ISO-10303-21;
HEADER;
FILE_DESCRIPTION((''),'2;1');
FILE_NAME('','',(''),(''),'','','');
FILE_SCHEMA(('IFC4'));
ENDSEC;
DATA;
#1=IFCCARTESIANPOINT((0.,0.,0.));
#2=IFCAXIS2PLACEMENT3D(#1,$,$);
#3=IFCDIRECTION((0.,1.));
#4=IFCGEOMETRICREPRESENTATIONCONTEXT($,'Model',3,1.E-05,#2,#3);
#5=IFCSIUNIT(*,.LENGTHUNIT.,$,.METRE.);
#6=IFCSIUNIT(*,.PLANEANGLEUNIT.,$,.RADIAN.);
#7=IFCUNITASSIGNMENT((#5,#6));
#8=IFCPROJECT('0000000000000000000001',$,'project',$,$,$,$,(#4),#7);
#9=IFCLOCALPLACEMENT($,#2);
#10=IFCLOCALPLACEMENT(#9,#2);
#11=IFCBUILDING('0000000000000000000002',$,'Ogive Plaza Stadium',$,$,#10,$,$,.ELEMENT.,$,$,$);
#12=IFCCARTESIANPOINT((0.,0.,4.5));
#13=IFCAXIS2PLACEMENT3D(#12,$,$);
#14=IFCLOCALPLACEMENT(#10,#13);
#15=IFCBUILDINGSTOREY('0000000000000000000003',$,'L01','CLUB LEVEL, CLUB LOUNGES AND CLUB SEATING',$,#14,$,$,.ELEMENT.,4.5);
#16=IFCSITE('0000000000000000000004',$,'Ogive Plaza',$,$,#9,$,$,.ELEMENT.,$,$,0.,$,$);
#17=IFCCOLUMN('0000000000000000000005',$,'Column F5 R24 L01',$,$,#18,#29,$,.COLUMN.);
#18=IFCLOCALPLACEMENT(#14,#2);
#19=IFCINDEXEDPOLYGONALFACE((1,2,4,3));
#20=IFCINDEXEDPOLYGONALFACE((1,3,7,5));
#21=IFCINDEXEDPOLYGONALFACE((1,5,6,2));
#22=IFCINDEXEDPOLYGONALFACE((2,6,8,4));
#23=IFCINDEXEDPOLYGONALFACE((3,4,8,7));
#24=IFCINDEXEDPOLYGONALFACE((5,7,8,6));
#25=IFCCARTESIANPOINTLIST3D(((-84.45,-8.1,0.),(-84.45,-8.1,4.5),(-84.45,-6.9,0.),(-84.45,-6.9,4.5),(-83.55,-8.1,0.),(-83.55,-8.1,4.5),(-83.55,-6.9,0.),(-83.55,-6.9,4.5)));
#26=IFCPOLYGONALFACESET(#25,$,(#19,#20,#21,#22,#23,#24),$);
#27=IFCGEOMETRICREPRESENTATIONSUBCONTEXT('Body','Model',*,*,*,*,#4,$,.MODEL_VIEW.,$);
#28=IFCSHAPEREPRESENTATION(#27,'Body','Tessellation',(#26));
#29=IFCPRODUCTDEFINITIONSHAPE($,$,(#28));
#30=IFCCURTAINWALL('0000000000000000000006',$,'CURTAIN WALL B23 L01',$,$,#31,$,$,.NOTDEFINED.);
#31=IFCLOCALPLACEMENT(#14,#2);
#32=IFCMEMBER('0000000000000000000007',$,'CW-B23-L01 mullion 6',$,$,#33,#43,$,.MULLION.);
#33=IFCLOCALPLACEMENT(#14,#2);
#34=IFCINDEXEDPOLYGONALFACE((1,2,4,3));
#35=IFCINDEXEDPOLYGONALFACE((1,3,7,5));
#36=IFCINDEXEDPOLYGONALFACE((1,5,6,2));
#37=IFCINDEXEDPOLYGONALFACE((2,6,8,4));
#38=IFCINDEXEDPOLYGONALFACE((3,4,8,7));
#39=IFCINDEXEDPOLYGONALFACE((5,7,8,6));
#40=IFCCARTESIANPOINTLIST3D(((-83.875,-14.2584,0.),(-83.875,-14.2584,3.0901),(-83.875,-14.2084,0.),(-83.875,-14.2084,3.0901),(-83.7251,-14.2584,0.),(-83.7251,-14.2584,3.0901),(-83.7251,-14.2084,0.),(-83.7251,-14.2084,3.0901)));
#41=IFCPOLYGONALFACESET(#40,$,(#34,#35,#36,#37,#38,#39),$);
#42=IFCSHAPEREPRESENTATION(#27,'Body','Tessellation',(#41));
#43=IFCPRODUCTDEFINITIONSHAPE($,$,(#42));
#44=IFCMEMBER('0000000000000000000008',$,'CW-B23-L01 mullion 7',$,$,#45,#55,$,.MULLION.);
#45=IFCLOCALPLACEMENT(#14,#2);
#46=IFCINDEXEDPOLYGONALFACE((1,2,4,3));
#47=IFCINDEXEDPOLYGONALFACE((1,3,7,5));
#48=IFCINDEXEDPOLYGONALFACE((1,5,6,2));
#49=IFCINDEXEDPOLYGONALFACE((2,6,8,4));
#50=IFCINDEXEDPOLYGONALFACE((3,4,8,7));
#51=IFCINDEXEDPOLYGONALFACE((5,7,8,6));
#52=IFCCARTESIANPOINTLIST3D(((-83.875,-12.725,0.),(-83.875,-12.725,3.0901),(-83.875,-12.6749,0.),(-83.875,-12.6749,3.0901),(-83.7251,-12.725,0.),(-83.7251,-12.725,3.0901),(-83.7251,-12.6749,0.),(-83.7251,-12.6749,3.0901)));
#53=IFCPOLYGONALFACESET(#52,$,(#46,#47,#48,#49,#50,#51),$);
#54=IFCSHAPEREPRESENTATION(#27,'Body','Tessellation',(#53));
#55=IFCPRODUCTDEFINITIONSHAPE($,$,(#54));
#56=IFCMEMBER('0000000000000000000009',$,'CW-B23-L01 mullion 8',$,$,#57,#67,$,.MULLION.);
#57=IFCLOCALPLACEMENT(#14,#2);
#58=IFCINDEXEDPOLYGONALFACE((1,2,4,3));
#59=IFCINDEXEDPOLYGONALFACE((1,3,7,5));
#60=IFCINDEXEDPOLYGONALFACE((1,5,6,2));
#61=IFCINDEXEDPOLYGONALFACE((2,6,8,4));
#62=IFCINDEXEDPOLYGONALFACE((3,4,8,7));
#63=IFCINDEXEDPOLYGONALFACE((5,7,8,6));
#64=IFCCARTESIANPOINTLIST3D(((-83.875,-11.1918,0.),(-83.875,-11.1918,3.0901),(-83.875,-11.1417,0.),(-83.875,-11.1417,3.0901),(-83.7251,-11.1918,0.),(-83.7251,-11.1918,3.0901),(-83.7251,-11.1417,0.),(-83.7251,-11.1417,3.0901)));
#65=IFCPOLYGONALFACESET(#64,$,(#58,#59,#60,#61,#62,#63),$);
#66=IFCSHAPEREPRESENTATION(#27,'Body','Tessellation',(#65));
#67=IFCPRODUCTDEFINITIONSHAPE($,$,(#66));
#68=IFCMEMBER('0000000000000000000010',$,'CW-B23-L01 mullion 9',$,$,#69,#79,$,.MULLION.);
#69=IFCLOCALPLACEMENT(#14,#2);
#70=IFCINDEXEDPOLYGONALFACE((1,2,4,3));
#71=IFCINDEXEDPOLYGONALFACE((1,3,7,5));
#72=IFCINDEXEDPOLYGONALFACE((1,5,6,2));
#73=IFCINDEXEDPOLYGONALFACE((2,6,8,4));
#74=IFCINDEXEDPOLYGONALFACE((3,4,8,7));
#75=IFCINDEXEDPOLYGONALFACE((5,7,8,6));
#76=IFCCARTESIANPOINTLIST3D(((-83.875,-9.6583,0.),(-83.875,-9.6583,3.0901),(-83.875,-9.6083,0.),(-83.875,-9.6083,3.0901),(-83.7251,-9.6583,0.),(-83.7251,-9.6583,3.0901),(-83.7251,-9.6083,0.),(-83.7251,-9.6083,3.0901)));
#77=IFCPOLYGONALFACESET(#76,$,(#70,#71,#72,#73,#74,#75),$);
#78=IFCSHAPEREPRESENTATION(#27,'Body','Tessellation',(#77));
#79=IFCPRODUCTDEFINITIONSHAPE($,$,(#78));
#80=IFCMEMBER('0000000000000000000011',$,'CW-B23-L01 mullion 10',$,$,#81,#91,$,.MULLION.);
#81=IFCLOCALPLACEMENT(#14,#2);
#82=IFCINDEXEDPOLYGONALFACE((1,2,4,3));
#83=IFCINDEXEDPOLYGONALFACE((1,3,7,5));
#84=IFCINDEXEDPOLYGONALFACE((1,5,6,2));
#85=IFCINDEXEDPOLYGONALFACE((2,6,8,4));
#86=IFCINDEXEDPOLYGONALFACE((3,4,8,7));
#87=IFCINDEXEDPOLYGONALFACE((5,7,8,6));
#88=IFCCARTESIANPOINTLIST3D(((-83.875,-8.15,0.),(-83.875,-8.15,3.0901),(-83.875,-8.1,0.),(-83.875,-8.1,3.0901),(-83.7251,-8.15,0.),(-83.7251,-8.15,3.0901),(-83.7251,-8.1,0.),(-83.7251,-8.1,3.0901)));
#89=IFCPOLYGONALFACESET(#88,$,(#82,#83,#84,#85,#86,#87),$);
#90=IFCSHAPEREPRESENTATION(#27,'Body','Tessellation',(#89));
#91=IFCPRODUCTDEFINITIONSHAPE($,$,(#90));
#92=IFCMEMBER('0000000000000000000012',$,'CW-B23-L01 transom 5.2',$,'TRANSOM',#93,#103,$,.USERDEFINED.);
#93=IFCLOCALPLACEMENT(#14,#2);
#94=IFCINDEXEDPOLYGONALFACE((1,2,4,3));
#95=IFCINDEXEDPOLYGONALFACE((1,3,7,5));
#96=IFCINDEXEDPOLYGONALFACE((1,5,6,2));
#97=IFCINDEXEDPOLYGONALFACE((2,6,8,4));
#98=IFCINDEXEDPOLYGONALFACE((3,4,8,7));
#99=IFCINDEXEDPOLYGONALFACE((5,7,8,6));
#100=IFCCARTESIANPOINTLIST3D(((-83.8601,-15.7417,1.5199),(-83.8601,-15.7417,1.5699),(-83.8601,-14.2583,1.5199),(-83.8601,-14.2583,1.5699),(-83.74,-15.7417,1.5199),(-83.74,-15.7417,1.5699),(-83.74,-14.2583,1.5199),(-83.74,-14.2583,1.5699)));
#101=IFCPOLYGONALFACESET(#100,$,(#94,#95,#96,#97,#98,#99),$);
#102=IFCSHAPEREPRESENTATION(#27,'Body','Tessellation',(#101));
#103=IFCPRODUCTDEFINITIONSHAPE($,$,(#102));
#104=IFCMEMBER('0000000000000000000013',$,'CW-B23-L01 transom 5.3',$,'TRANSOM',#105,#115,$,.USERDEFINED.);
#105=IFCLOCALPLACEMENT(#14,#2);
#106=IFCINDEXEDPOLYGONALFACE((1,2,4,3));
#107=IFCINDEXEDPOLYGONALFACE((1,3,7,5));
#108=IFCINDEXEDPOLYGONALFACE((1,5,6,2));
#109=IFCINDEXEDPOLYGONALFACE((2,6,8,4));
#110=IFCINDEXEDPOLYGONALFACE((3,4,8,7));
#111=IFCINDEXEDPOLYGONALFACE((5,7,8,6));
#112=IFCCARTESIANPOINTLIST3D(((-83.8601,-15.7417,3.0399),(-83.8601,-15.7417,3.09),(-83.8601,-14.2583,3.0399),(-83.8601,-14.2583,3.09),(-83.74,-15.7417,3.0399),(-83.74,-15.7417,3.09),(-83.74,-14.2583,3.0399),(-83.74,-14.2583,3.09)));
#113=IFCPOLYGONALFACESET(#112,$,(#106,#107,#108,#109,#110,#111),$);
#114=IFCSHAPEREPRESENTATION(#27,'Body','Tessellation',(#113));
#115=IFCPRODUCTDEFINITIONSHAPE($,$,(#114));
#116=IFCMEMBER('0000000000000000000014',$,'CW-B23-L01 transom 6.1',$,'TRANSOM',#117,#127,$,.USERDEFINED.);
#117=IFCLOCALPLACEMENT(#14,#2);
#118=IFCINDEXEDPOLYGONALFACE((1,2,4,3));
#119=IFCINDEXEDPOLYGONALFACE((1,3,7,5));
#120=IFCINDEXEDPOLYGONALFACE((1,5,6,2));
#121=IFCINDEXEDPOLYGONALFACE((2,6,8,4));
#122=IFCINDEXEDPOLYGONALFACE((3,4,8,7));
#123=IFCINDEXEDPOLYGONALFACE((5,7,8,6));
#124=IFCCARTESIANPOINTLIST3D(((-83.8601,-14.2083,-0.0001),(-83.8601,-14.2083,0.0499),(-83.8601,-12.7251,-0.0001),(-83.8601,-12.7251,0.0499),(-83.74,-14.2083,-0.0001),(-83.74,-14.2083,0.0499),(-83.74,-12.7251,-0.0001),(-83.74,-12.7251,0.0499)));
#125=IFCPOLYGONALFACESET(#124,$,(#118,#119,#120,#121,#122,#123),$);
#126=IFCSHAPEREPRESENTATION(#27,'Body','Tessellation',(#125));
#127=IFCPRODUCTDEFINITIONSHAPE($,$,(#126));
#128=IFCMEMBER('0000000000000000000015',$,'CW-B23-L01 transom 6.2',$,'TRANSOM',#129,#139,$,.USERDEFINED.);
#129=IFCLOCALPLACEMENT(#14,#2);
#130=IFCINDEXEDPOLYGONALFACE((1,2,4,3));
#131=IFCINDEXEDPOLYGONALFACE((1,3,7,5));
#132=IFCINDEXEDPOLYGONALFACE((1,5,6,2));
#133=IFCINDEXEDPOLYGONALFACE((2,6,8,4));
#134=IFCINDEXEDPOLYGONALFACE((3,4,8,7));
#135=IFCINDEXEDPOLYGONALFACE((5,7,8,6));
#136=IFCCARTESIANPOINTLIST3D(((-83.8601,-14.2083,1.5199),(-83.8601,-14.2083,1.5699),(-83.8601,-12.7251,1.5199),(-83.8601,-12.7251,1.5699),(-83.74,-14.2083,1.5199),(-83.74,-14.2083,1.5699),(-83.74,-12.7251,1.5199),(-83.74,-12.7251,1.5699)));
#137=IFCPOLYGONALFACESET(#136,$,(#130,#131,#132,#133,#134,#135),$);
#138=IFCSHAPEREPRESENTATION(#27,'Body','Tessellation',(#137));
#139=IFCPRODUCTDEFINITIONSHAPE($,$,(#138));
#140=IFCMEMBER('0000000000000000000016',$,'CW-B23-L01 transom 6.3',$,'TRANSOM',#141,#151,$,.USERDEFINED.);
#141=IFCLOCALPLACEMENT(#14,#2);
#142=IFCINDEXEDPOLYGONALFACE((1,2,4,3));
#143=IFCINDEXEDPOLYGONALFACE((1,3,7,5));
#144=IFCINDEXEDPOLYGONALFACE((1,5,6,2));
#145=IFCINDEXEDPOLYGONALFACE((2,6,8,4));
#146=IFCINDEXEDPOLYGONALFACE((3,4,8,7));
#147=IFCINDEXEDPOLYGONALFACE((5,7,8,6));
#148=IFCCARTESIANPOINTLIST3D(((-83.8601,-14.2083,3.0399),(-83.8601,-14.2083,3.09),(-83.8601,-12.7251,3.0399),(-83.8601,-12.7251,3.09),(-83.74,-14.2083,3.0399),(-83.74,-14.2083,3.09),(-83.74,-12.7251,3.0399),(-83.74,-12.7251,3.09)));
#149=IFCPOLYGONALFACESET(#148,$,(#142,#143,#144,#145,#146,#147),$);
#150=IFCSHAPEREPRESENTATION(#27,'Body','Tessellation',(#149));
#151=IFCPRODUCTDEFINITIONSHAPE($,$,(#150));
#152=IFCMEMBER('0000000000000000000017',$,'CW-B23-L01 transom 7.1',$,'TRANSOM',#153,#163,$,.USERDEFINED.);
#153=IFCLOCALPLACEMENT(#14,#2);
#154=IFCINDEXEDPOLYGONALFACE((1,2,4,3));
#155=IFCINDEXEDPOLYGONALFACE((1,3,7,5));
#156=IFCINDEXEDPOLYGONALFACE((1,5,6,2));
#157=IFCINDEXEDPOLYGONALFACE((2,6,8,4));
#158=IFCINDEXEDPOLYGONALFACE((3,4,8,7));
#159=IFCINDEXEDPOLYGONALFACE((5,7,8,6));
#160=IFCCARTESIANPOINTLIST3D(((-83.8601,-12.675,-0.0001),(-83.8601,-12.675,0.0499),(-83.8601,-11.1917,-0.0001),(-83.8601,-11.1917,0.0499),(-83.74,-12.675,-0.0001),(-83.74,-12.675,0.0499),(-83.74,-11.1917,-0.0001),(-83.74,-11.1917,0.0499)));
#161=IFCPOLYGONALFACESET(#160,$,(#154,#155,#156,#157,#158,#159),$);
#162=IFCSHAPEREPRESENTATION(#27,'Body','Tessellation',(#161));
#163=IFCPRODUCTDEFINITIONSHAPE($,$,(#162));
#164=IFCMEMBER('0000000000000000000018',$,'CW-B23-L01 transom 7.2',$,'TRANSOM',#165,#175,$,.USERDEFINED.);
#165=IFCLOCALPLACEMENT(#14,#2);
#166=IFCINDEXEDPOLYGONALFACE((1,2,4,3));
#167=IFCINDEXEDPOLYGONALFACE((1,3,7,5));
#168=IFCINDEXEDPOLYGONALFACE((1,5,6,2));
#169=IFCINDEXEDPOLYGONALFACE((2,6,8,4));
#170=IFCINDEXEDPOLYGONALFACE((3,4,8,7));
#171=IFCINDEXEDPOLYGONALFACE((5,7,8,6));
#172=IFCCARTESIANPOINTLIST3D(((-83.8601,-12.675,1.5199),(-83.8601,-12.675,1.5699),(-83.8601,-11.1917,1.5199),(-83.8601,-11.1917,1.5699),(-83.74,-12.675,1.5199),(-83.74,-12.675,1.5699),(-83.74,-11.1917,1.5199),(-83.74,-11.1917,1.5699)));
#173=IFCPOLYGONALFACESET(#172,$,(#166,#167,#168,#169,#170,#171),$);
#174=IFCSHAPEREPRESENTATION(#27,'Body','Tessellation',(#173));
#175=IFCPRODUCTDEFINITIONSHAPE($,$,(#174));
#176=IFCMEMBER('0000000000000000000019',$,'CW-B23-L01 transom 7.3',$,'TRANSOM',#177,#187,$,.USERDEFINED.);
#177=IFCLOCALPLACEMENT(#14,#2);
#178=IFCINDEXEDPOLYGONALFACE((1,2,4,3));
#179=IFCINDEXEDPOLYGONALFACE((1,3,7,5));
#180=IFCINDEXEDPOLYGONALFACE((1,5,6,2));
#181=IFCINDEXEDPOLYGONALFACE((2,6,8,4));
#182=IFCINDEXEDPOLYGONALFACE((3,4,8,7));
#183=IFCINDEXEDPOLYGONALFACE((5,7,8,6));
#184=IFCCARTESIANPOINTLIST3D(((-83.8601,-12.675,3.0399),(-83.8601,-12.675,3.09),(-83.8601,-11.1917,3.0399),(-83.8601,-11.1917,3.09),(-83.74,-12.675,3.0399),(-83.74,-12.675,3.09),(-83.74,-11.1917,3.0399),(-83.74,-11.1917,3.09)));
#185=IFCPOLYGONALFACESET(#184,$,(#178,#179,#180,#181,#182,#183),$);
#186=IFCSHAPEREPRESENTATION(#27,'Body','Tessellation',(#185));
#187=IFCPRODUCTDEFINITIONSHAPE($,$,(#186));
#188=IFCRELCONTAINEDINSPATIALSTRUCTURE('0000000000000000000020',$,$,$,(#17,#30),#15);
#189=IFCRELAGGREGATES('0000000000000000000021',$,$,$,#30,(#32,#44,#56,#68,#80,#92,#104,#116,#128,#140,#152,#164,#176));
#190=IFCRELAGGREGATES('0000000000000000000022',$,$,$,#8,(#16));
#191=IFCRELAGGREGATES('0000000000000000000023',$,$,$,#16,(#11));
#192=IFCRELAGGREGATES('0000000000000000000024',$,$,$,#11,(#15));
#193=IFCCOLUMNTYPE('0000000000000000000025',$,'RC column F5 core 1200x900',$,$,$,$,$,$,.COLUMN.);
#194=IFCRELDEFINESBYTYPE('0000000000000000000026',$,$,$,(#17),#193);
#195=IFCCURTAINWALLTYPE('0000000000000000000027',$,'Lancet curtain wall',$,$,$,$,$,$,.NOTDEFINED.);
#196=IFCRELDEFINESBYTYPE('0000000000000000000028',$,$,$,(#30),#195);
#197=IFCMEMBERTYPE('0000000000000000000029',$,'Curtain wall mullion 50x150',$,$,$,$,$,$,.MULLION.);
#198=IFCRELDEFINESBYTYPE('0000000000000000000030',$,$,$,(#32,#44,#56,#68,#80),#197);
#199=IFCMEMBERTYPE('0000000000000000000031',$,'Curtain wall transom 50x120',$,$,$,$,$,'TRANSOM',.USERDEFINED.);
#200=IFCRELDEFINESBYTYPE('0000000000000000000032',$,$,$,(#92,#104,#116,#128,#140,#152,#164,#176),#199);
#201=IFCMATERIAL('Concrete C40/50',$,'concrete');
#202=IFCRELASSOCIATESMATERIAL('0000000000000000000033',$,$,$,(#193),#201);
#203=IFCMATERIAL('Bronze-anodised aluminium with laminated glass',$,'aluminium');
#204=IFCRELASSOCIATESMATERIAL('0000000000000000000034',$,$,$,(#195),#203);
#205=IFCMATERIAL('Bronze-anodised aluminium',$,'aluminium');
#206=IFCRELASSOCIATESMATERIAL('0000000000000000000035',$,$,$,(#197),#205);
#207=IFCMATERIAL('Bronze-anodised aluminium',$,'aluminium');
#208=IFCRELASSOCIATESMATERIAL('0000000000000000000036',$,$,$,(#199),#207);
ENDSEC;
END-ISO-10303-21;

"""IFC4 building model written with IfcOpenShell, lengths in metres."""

from ifc_helpers import new_model, si_unit, direction, frame, origin, origin_2d, place, context, subcontext, project, spatial, rectangle, extrude, material, material_profile, profile_set, type_object, element, aggregate, save


model = new_model("IFC4")

# Units and contexts
model_context = context("Model", 3, precision=1e-05, world=origin(), true_north=direction((0.0, 1.0)))
body_context = subcontext(model_context, "Body", "Model", "MODEL_VIEW")
ifc_project = project(units=[si_unit("LENGTHUNIT", "METRE"), si_unit("PLANEANGLEUNIT", "RADIAN")], contexts=[model_context])

# Site, building, storey
site_placement = place(None, origin())
site = spatial("IfcSite", under=ifc_project, at=site_placement, Name="Ogive Plaza", CompositionType="ELEMENT", RefElevation=0.0)
building_placement = place(site_placement, origin())
building = spatial("IfcBuilding", under=site, at=building_placement, Name="Ogive Plaza Stadium", CompositionType="ELEMENT")
storey_placement = place(building_placement, frame((0.0, 0.0, 4.5)))
storey = spatial("IfcBuildingStorey", under=building, at=storey_placement, Name="L01", Description="CLUB LEVEL, CLUB LOUNGES AND CLUB SEATING", CompositionType="ELEMENT", Elevation=4.5)

# Column
ifc_material_1 = material(Name="Concrete C40/50", Category="concrete")
ifc_material_profile_1 = material_profile(ifc_material_1, rectangle(XDim=1.2, YDim=0.8999, at=origin_2d()), Name="RC 1200x900")
ifc_profile_set_1 = profile_set([ifc_material_profile_1], Name="Concrete C40/50")
column_type = type_object("IfcColumnType", Name="RC column F5 core 1200x900", PredefinedType="COLUMN", material=ifc_profile_set_1)
column_placement = place(storey_placement, frame((-84.0, -7.5, 0.0), z_axis=(0.0, 0.0, 1.0), x_axis=(0.0, -1.0, 0.0)))
element("IfcColumn", 1, at=column_placement, inside=storey, type_object=column_type, Name="Column F5 R24 L01", PredefinedType="COLUMN", context=body_context, shape_type="SweptSolid", body=[
    extrude(rectangle(XDim=1.2, YDim=0.8999, at=origin_2d()), origin(), (0.0, 0.0, 1.0), 4.5),
])

# Curtain wall, members
ifc_material_2 = material(Name="Bronze-anodised aluminium with laminated glass", Category="aluminium")
curtain_wall_type = type_object("IfcCurtainWallType", Name="Lancet curtain wall", PredefinedType="NOTDEFINED", material=ifc_material_2)
curtain_wall_placement = place(storey_placement, origin())
curtain_wall = element("IfcCurtainWall", 2, at=curtain_wall_placement, inside=storey, type_object=curtain_wall_type, Name="CURTAIN WALL B23 L01", PredefinedType="NOTDEFINED")
ifc_material_3 = material(Name="Bronze-anodised aluminium", Category="aluminium")
ifc_material_profile_2 = material_profile(ifc_material_3, rectangle(XDim=0.1499, YDim=0.05, at=origin_2d()), Name="AL 150x50")
ifc_profile_set_2 = profile_set([ifc_material_profile_2], Name="Bronze-anodised aluminium")
member_type_1 = type_object("IfcMemberType", Name="Curtain wall mullion 50x150", PredefinedType="MULLION", material=ifc_profile_set_2)
member_1_placement = place(storey_placement, frame((-83.8, -14.2334, 0.0), z_axis=(0.0, 0.0, 1.0), x_axis=(-1.0, 0.0, 0.0)))
member_1 = element("IfcMember", 3, at=member_1_placement, type_object=member_type_1, Name="CW-B23-L01 mullion 6", PredefinedType="MULLION", context=body_context, shape_type="SweptSolid", body=[
    extrude(rectangle(XDim=0.1499, YDim=0.05, at=origin_2d()), origin(), (0.0, 0.0, 1.0), 3.0901),
])
member_2_placement = place(storey_placement, frame((-83.8, -12.7, 0.0), z_axis=(0.0, 0.0, 1.0), x_axis=(-1.0, 0.0, 0.0)))
member_2 = element("IfcMember", 4, at=member_2_placement, type_object=member_type_1, Name="CW-B23-L01 mullion 7", PredefinedType="MULLION", context=body_context, shape_type="SweptSolid", body=[
    extrude(rectangle(XDim=0.1499, YDim=0.05, at=origin_2d()), origin(), (0.0, 0.0, 1.0), 3.0901),
])
member_3_placement = place(storey_placement, frame((-83.8, -11.1667, 0.0), z_axis=(0.0, 0.0, 1.0), x_axis=(-1.0, 0.0, 0.0)))
member_3 = element("IfcMember", 5, at=member_3_placement, type_object=member_type_1, Name="CW-B23-L01 mullion 8", PredefinedType="MULLION", context=body_context, shape_type="SweptSolid", body=[
    extrude(rectangle(XDim=0.1499, YDim=0.05, at=origin_2d()), origin(), (0.0, 0.0, 1.0), 3.0901),
])
member_4_placement = place(storey_placement, frame((-83.8, -9.6333, 0.0), z_axis=(0.0, 0.0, 1.0), x_axis=(-1.0, 0.0, 0.0)))
member_4 = element("IfcMember", 6, at=member_4_placement, type_object=member_type_1, Name="CW-B23-L01 mullion 9", PredefinedType="MULLION", context=body_context, shape_type="SweptSolid", body=[
    extrude(rectangle(XDim=0.1499, YDim=0.05, at=origin_2d()), origin(), (0.0, 0.0, 1.0), 3.0901),
])
member_5_placement = place(storey_placement, frame((-83.8, -8.125, 0.0), z_axis=(0.0, 0.0, 1.0), x_axis=(-1.0, 0.0, 0.0)))
member_5 = element("IfcMember", 7, at=member_5_placement, type_object=member_type_1, Name="CW-B23-L01 mullion 10", PredefinedType="MULLION", context=body_context, shape_type="SweptSolid", body=[
    extrude(rectangle(XDim=0.1499, YDim=0.05, at=origin_2d()), origin(), (0.0, 0.0, 1.0), 3.0901),
])
ifc_material_4 = material(Name="Bronze-anodised aluminium", Category="aluminium")
ifc_material_profile_3 = material_profile(ifc_material_4, rectangle(XDim=0.1201, YDim=0.05, at=origin_2d()), Name="AL 120x50")
ifc_profile_set_3 = profile_set([ifc_material_profile_3], Name="Bronze-anodised aluminium")
member_type_2 = type_object("IfcMemberType", Name="Curtain wall transom 50x120", ElementType="TRANSOM", PredefinedType="USERDEFINED", material=ifc_profile_set_3)
member_6_placement = place(storey_placement, frame((-83.8, -15.7417, 1.5449), z_axis=(0.0, 1.0, 0.0), x_axis=(-1.0, 0.0, 0.0)))
member_6 = element("IfcMember", 8, at=member_6_placement, type_object=member_type_2, Name="CW-B23-L01 transom 5.2", ObjectType="TRANSOM", PredefinedType="USERDEFINED", context=body_context, shape_type="SweptSolid", body=[
    extrude(rectangle(XDim=0.1201, YDim=0.05, at=origin_2d()), origin(), (0.0, 0.0, 1.0), 1.4834),
])
member_7_placement = place(storey_placement, frame((-83.8, -15.7417, 3.0649), z_axis=(0.0, 1.0, 0.0), x_axis=(-1.0, 0.0, 0.0)))
member_7 = element("IfcMember", 9, at=member_7_placement, type_object=member_type_2, Name="CW-B23-L01 transom 5.3", ObjectType="TRANSOM", PredefinedType="USERDEFINED", context=body_context, shape_type="SweptSolid", body=[
    extrude(rectangle(XDim=0.1201, YDim=0.05, at=origin_2d()), origin(), (0.0, 0.0, 1.0), 1.4834),
])
member_8_placement = place(storey_placement, frame((-83.8, -14.2083, 0.0249), z_axis=(0.0, 1.0, 0.0), x_axis=(-1.0, 0.0, 0.0)))
member_8 = element("IfcMember", 10, at=member_8_placement, type_object=member_type_2, Name="CW-B23-L01 transom 6.1", ObjectType="TRANSOM", PredefinedType="USERDEFINED", context=body_context, shape_type="SweptSolid", body=[
    extrude(rectangle(XDim=0.1201, YDim=0.05, at=origin_2d()), origin(), (0.0, 0.0, 1.0), 1.4832),
])
member_9_placement = place(storey_placement, frame((-83.8, -14.2083, 1.5449), z_axis=(0.0, 1.0, 0.0), x_axis=(-1.0, 0.0, 0.0)))
member_9 = element("IfcMember", 11, at=member_9_placement, type_object=member_type_2, Name="CW-B23-L01 transom 6.2", ObjectType="TRANSOM", PredefinedType="USERDEFINED", context=body_context, shape_type="SweptSolid", body=[
    extrude(rectangle(XDim=0.1201, YDim=0.05, at=origin_2d()), origin(), (0.0, 0.0, 1.0), 1.4832),
])
member_10_placement = place(storey_placement, frame((-83.8, -14.2083, 3.0649), z_axis=(0.0, 1.0, 0.0), x_axis=(-1.0, 0.0, 0.0)))
member_10 = element("IfcMember", 12, at=member_10_placement, type_object=member_type_2, Name="CW-B23-L01 transom 6.3", ObjectType="TRANSOM", PredefinedType="USERDEFINED", context=body_context, shape_type="SweptSolid", body=[
    extrude(rectangle(XDim=0.1201, YDim=0.05, at=origin_2d()), origin(), (0.0, 0.0, 1.0), 1.4832),
])
member_11_placement = place(storey_placement, frame((-83.8, -12.675, 0.0249), z_axis=(0.0, 1.0, 0.0), x_axis=(-1.0, 0.0, 0.0)))
member_11 = element("IfcMember", 13, at=member_11_placement, type_object=member_type_2, Name="CW-B23-L01 transom 7.1", ObjectType="TRANSOM", PredefinedType="USERDEFINED", context=body_context, shape_type="SweptSolid", body=[
    extrude(rectangle(XDim=0.1201, YDim=0.05, at=origin_2d()), origin(), (0.0, 0.0, 1.0), 1.4834),
])
member_12_placement = place(storey_placement, frame((-83.8, -12.675, 1.5449), z_axis=(0.0, 1.0, 0.0), x_axis=(-1.0, 0.0, 0.0)))
member_12 = element("IfcMember", 14, at=member_12_placement, type_object=member_type_2, Name="CW-B23-L01 transom 7.2", ObjectType="TRANSOM", PredefinedType="USERDEFINED", context=body_context, shape_type="SweptSolid", body=[
    extrude(rectangle(XDim=0.1201, YDim=0.05, at=origin_2d()), origin(), (0.0, 0.0, 1.0), 1.4834),
])
member_13_placement = place(storey_placement, frame((-83.8, -12.675, 3.0649), z_axis=(0.0, 1.0, 0.0), x_axis=(-1.0, 0.0, 0.0)))
member_13 = element("IfcMember", 15, at=member_13_placement, type_object=member_type_2, Name="CW-B23-L01 transom 7.3", ObjectType="TRANSOM", PredefinedType="USERDEFINED", context=body_context, shape_type="SweptSolid", body=[
    extrude(rectangle(XDim=0.1201, YDim=0.05, at=origin_2d()), origin(), (0.0, 0.0, 1.0), 1.4834),
])
aggregate(curtain_wall, [member_1, member_2, member_3, member_4, member_5, member_6, member_7, member_8, member_9, member_10, member_11, member_12, member_13])

save(model, "model.ifc")
